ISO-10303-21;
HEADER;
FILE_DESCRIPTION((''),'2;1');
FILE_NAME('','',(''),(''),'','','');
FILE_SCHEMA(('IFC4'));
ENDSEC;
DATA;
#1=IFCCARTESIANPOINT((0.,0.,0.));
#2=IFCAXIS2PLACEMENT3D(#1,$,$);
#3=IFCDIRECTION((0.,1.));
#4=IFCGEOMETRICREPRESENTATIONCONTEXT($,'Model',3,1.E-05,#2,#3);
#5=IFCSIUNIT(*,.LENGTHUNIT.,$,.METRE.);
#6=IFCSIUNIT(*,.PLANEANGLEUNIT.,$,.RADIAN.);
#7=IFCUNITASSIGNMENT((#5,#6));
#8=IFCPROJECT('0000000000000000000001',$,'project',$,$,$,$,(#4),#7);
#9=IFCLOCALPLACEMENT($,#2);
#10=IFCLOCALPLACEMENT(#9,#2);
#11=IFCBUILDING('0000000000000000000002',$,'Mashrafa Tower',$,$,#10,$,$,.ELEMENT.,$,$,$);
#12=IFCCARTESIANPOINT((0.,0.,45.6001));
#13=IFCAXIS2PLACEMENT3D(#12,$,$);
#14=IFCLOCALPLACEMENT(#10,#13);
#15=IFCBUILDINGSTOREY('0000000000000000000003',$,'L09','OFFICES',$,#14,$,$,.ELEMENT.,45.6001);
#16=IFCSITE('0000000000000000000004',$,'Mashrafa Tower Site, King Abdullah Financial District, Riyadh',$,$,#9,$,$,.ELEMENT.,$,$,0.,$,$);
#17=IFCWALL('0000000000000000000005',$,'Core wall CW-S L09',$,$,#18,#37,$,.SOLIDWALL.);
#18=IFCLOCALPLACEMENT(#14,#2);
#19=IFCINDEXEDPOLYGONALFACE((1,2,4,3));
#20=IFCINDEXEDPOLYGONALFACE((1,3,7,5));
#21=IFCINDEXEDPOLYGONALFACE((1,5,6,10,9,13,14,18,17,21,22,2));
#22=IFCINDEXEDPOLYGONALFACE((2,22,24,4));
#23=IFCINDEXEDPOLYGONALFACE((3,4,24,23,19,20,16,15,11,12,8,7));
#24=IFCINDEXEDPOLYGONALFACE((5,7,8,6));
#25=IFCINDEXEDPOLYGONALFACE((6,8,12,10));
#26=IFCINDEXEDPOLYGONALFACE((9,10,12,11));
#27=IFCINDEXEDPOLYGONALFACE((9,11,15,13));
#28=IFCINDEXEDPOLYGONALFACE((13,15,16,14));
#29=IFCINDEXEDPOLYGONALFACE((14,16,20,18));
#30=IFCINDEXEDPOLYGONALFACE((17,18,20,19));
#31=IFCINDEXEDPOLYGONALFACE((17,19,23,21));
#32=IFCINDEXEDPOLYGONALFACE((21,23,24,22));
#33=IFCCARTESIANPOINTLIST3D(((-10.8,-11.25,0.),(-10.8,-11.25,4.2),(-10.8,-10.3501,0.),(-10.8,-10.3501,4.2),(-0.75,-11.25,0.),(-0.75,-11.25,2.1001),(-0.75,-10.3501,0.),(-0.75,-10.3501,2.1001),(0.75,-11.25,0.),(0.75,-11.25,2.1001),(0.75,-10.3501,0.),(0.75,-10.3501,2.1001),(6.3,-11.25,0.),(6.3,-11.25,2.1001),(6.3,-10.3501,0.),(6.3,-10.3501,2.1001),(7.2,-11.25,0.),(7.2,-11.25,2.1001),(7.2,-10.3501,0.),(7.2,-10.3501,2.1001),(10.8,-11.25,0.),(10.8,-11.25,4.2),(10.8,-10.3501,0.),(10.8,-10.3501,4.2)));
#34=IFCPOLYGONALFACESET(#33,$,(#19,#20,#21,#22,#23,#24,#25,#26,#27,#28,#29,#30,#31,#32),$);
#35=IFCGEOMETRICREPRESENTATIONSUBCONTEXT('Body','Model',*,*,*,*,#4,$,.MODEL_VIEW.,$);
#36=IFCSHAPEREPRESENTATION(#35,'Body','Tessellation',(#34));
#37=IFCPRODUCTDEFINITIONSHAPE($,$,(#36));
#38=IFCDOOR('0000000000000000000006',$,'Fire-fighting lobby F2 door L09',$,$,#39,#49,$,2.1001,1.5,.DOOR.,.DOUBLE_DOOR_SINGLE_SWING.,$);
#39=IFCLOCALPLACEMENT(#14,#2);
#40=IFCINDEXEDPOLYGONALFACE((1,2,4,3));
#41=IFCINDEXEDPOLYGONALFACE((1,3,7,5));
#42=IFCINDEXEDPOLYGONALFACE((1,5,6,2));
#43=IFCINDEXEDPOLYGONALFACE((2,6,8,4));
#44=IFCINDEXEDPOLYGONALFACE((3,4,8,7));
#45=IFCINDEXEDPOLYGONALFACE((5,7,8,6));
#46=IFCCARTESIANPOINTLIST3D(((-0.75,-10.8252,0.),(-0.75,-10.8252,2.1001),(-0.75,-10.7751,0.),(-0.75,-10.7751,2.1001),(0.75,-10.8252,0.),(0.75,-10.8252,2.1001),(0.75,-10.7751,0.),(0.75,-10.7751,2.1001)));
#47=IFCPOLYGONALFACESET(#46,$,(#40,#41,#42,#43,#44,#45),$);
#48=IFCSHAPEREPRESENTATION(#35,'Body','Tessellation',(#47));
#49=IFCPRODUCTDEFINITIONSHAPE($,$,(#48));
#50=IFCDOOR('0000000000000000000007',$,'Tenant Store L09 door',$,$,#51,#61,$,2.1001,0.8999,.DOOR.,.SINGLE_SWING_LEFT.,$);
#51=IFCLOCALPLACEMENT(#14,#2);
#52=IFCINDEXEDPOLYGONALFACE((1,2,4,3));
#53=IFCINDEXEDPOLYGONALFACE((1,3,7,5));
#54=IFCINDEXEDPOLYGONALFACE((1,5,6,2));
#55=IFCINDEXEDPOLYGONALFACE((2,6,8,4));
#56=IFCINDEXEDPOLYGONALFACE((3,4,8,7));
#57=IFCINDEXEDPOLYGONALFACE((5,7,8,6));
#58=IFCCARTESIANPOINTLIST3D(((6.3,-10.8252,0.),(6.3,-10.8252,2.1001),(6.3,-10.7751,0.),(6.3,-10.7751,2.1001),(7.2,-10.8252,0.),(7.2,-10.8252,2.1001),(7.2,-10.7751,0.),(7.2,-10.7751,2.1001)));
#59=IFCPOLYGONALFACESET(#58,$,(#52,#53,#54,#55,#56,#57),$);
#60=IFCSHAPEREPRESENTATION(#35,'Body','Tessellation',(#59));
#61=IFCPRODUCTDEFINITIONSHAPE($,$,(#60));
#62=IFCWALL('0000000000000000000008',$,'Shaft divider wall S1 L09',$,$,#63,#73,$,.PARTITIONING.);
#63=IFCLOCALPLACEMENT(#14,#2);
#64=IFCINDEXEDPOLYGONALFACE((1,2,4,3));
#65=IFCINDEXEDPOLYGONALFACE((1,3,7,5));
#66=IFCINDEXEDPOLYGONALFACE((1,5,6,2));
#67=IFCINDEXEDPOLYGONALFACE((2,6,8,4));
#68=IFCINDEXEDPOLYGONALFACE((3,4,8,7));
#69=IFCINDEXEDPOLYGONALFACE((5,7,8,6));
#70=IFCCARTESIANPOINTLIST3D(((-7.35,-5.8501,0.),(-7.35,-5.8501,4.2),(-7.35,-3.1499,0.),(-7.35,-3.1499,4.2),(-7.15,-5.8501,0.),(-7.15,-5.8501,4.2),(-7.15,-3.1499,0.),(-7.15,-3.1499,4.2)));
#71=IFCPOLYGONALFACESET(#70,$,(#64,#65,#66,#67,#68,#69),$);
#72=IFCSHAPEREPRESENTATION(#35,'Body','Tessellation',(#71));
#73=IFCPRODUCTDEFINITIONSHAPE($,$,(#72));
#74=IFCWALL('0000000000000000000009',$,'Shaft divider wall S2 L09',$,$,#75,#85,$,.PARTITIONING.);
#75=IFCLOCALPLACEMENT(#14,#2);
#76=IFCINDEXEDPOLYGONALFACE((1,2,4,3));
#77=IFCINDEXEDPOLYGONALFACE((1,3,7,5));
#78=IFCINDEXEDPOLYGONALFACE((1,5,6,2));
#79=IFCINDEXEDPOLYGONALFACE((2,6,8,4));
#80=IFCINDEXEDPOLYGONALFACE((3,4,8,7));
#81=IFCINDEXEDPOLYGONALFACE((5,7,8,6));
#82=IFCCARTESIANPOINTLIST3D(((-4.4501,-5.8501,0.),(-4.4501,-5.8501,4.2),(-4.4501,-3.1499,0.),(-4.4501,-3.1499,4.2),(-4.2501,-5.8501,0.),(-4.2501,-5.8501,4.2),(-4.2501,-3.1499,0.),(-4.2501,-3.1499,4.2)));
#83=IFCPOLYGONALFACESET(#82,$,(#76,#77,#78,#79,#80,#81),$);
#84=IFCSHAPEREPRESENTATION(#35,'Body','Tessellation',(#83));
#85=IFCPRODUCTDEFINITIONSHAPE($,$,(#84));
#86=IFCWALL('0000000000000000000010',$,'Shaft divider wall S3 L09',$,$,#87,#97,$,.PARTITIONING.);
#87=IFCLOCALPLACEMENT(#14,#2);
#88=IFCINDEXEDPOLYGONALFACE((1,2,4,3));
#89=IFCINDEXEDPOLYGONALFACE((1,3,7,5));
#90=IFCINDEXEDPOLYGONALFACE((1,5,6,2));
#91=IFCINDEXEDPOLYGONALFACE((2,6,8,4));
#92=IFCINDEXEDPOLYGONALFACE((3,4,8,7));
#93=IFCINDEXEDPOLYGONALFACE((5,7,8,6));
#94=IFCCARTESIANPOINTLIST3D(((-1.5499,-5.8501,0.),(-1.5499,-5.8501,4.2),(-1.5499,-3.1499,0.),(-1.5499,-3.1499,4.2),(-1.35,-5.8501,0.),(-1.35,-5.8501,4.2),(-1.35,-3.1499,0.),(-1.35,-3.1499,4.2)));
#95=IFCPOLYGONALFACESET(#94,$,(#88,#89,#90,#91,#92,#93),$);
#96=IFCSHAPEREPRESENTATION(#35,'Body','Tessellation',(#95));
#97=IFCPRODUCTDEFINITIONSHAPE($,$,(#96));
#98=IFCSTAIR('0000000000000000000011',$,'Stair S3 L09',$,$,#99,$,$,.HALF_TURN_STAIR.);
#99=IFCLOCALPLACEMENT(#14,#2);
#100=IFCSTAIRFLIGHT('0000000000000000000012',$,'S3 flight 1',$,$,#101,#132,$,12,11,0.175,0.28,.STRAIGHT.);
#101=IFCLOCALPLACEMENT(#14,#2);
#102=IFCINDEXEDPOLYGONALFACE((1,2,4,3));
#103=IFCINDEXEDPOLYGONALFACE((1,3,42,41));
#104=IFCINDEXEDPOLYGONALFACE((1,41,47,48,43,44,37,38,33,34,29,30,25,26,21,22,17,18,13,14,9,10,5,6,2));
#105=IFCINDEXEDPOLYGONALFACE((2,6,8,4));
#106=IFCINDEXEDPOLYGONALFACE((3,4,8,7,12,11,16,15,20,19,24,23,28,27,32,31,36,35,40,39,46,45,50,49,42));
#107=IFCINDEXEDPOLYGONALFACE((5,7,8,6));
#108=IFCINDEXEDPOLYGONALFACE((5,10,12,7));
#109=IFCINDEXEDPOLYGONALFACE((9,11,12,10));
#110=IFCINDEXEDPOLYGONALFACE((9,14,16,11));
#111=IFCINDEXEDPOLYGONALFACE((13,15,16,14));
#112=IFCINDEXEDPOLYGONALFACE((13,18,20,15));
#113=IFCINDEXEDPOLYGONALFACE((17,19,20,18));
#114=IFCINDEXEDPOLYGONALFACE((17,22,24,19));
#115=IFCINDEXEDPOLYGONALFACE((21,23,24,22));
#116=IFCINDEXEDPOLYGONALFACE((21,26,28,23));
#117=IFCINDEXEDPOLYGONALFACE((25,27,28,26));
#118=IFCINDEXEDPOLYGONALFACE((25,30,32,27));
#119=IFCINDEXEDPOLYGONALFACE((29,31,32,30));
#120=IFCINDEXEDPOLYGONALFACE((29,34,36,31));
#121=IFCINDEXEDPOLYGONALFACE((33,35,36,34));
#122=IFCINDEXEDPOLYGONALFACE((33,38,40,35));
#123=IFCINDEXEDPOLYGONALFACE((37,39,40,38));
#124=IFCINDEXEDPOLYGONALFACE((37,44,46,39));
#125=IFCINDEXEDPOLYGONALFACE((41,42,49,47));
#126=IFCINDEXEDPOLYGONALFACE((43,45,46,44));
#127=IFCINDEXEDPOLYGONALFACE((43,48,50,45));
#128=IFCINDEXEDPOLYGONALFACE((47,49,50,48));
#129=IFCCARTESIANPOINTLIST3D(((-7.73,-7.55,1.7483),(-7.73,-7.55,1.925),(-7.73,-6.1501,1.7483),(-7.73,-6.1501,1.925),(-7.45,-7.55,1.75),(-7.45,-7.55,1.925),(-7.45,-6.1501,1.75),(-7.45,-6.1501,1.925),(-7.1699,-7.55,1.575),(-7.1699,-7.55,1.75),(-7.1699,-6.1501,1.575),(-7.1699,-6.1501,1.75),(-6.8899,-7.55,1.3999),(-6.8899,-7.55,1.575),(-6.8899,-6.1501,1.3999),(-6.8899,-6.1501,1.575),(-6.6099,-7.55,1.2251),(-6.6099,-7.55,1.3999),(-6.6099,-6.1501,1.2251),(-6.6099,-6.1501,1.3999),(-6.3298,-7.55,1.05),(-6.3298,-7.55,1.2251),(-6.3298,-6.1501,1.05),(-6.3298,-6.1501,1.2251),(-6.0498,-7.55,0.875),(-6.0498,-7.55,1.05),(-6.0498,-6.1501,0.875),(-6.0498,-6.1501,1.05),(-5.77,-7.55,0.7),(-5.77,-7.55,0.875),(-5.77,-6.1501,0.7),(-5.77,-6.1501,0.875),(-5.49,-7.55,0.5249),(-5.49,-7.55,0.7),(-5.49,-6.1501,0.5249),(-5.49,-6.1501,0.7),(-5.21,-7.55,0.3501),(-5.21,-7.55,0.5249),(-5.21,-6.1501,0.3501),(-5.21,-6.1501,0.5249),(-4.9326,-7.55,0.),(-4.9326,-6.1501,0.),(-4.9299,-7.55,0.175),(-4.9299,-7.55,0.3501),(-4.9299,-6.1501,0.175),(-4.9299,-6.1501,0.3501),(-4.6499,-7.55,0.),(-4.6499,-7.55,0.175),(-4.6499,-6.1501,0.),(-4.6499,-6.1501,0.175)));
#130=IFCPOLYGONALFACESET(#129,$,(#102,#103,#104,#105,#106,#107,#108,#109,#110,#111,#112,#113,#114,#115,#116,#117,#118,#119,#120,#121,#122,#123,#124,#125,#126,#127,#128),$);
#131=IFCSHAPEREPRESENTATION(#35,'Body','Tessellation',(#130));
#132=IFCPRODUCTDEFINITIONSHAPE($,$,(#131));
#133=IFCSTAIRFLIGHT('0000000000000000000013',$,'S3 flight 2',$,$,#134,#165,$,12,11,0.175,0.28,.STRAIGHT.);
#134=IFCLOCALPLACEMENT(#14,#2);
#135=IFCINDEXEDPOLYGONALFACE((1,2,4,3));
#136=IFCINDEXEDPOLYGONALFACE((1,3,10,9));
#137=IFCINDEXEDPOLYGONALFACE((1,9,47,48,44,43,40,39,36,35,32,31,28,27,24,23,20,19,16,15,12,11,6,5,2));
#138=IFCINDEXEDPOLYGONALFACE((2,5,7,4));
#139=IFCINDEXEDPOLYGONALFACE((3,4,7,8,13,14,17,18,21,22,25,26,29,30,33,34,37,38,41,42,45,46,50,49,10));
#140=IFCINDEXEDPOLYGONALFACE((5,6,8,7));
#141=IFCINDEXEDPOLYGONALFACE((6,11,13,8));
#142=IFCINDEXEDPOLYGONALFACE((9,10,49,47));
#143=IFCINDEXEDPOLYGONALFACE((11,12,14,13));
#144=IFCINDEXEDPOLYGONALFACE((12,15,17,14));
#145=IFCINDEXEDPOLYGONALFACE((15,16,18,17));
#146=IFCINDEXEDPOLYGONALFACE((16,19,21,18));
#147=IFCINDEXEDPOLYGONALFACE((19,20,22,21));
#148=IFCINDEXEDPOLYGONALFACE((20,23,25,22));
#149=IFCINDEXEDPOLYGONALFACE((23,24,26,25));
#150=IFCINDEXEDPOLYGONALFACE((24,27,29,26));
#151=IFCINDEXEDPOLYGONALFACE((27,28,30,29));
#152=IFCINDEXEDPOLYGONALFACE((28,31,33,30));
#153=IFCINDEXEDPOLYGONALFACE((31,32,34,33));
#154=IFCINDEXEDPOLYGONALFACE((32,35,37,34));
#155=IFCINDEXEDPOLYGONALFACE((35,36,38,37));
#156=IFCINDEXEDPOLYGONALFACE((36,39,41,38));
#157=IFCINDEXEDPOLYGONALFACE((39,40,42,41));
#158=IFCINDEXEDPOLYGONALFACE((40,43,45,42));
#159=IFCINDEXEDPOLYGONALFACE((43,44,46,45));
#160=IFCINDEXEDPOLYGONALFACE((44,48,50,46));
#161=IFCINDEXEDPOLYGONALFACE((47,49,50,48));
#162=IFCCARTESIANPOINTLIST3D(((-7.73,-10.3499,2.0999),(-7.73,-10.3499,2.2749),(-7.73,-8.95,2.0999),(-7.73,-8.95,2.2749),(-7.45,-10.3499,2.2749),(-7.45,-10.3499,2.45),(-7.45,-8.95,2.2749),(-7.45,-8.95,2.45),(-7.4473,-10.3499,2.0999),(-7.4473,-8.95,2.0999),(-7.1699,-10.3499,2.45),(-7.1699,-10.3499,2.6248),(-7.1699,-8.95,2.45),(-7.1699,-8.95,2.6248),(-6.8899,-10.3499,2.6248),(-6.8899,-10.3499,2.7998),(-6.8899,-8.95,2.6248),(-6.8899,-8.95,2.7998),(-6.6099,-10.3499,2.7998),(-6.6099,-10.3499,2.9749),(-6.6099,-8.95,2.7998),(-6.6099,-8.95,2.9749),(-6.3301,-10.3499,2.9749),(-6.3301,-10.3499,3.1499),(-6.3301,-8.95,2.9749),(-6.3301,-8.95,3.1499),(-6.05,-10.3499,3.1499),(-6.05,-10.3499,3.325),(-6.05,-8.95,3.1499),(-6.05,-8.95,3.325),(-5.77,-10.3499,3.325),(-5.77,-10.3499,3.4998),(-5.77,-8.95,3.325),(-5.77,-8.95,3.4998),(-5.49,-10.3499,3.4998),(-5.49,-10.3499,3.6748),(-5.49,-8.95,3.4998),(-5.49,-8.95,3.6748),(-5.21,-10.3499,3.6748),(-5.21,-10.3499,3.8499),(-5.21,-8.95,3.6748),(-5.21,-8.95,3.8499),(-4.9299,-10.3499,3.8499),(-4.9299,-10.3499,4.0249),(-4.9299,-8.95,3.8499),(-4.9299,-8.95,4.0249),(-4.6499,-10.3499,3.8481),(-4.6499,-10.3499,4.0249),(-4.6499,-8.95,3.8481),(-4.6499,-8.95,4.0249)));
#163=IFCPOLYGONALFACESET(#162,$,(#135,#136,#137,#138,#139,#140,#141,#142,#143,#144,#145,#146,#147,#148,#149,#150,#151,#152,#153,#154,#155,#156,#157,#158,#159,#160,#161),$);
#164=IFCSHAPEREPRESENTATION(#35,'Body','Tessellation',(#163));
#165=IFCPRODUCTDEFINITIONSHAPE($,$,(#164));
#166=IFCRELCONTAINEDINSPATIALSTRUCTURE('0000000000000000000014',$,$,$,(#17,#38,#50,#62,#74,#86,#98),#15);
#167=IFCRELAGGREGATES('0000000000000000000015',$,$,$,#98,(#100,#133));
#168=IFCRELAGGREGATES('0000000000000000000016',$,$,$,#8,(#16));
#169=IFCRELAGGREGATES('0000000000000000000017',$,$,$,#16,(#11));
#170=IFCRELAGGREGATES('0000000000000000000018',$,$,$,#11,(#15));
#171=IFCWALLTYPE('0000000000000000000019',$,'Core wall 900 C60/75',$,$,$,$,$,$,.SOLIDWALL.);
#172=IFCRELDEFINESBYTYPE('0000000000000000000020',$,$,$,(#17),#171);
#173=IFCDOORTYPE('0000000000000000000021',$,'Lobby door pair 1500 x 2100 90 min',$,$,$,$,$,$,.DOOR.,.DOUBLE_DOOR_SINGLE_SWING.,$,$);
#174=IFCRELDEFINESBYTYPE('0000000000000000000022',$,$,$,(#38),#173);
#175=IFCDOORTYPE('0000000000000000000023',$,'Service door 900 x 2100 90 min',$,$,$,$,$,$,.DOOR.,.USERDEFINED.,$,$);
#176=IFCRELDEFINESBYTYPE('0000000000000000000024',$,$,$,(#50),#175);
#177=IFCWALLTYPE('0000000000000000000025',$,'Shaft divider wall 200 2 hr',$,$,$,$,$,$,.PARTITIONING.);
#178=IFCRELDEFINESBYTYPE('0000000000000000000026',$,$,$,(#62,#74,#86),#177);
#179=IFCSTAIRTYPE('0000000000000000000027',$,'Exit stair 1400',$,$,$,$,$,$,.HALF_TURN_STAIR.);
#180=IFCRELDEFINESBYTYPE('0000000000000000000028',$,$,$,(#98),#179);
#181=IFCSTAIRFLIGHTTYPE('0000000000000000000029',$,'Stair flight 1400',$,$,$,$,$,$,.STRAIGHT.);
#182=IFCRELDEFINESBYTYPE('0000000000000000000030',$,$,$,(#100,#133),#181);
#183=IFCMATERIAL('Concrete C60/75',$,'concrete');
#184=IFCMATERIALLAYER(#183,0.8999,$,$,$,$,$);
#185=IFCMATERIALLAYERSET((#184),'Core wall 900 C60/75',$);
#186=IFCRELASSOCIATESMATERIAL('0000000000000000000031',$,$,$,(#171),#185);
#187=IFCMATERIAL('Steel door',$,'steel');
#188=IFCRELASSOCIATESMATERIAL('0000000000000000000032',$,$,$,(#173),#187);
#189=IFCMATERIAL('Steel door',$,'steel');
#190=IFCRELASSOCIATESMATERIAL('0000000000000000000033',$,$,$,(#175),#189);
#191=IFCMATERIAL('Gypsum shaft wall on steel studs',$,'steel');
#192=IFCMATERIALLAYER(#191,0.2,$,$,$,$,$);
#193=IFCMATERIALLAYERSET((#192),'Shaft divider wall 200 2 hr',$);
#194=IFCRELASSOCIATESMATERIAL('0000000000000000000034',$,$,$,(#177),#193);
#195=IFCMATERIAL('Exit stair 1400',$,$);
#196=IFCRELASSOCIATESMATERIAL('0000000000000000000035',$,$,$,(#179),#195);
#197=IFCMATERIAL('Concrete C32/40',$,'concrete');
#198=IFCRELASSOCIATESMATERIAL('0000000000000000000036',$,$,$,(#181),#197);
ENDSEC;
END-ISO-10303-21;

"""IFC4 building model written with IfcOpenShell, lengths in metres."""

from ifc_helpers import new_model, si_unit, direction, frame, frame_2d, origin, place, context, subcontext, project, spatial, polyline, rectangle, outline, extrude, material, layer, layer_set, type_object, element, fill, aggregate, save


model = new_model("IFC4")

# Units and contexts
model_context = context("Model", 3, precision=1e-05, world=origin(), true_north=direction((0.0, 1.0)))
body_context = subcontext(model_context, "Body", "Model", "MODEL_VIEW")
ifc_project = project(units=[si_unit("LENGTHUNIT", "METRE"), si_unit("PLANEANGLEUNIT", "RADIAN")], contexts=[model_context])

# Site, building, storey
site_placement = place(None, origin())
site = spatial("IfcSite", under=ifc_project, at=site_placement, Name="Mashrafa Tower Site, King Abdullah Financial District, Riyadh", CompositionType="ELEMENT", RefElevation=0.0)
building_placement = place(site_placement, origin())
building = spatial("IfcBuilding", under=site, at=building_placement, Name="Mashrafa Tower", CompositionType="ELEMENT")
storey_placement = place(building_placement, frame((0.0, 0.0, 45.6001)))
storey = spatial("IfcBuildingStorey", under=building, at=storey_placement, Name="L09", Description="OFFICES", CompositionType="ELEMENT", Elevation=45.6001)

# Wall, openings, doors
ifc_material_1 = material(Name="Concrete C60/75", Category="concrete")
ifc_layer_1 = layer(ifc_material_1, 0.8999)
ifc_layer_set_1 = layer_set([ifc_layer_1], Name="Core wall 900 C60/75")
wall_type_1 = type_object("IfcWallType", Name="Core wall 900 C60/75", PredefinedType="SOLIDWALL", material=ifc_layer_set_1)
wall_1_placement = place(storey_placement, frame((-10.8, -10.8, 0.0), z_axis=(0.0, 0.0, 1.0), x_axis=(1.0, 0.0, 0.0)))
wall_1 = element("IfcWall", 1, at=wall_1_placement, inside=storey, type_object=wall_type_1, Name="Core wall CW-S L09", PredefinedType="SOLIDWALL", context=body_context, shape_type="SweptSolid", body=[
    extrude(rectangle(XDim=21.6001, YDim=0.8999, at=frame_2d((10.8, 0.0))), origin(), (0.0, 0.0, 1.0), 4.2),
])
opening_1_placement = place(wall_1_placement, frame((10.05, 0.0, 0.0)))
opening_1 = element("IfcOpeningElement", 2, at=opening_1_placement, cuts=wall_1, PredefinedType="OPENING", context=body_context, shape_type="SweptSolid", body=[
    extrude(rectangle(XDim=1.5, YDim=2.1001, at=frame_2d((0.75, 1.05))), frame((0.0, 0.46, 0.0), z_axis=(0.0, -1.0, 0.0), x_axis=(1.0, 0.0, 0.0)), (0.0, 0.0, 1.0), 0.9199),
])
opening_2_placement = place(wall_1_placement, frame((17.1001, 0.0, 0.0)))
opening_2 = element("IfcOpeningElement", 3, at=opening_2_placement, cuts=wall_1, PredefinedType="OPENING", context=body_context, shape_type="SweptSolid", body=[
    extrude(rectangle(XDim=0.8999, YDim=2.1001, at=frame_2d((0.45, 1.05))), frame((0.0, 0.46, 0.0), z_axis=(0.0, -1.0, 0.0), x_axis=(1.0, 0.0, 0.0)), (0.0, 0.0, 1.0), 0.9199),
])
ifc_material_2 = material(Name="Steel door", Category="steel")
door_type_1 = type_object("IfcDoorType", Name="Lobby door pair 1500 x 2100 90 min", OperationType="DOUBLE_DOOR_SINGLE_SWING", PredefinedType="DOOR", material=ifc_material_2)
door_1_placement = place(opening_1_placement, origin())
door_1 = element("IfcDoor", 4, at=door_1_placement, inside=storey, type_object=door_type_1, Name="Fire-fighting lobby F2 door L09", OperationType="DOUBLE_DOOR_SINGLE_SWING", OverallHeight=2.1001, OverallWidth=1.5, PredefinedType="DOOR", context=body_context, shape_type="SweptSolid", body=[
    extrude(rectangle(XDim=1.5, YDim=2.1001, at=frame_2d((0.75, 1.05))), frame((0.0, 0.0249, 0.0), z_axis=(0.0, -1.0, 0.0), x_axis=(1.0, 0.0, 0.0)), (0.0, 0.0, 1.0), 0.05),
])
fill(opening_1, door_1)
ifc_material_3 = material(Name="Steel door", Category="steel")
door_type_2 = type_object("IfcDoorType", Name="Service door 900 x 2100 90 min", OperationType="USERDEFINED", PredefinedType="DOOR", material=ifc_material_3)
door_2_placement = place(opening_2_placement, origin())
door_2 = element("IfcDoor", 5, at=door_2_placement, inside=storey, type_object=door_type_2, Name="Tenant Store L09 door", OperationType="SINGLE_SWING_LEFT", OverallHeight=2.1001, OverallWidth=0.8999, PredefinedType="DOOR", context=body_context, shape_type="SweptSolid", body=[
    extrude(rectangle(XDim=0.8999, YDim=2.1001, at=frame_2d((0.45, 1.05))), frame((0.0, 0.0249, 0.0), z_axis=(0.0, -1.0, 0.0), x_axis=(1.0, 0.0, 0.0)), (0.0, 0.0, 1.0), 0.05),
])
fill(opening_2, door_2)

# Walls
ifc_material_4 = material(Name="Gypsum shaft wall on steel studs", Category="steel")
ifc_layer_2 = layer(ifc_material_4, 0.2)
ifc_layer_set_2 = layer_set([ifc_layer_2], Name="Shaft divider wall 200 2 hr")
wall_type_2 = type_object("IfcWallType", Name="Shaft divider wall 200 2 hr", PredefinedType="PARTITIONING", material=ifc_layer_set_2)
for number, where, z_axis, x_axis, name in (
    (6, (-7.25, -5.8501, 0.0), (0.0, 0.0, 1.0), (0.0, 1.0, 0.0), "Shaft divider wall S1 L09"),
    (7, (-4.3501, -5.8501, 0.0), (0.0, 0.0, 1.0), (0.0, 1.0, 0.0), "Shaft divider wall S2 L09"),
    (8, (-1.45, -5.8501, 0.0), (0.0, 0.0, 1.0), (0.0, 1.0, 0.0), "Shaft divider wall S3 L09"),
):
    element("IfcWall", number, at=place(storey_placement, frame(where, z_axis=z_axis, x_axis=x_axis)), inside=storey, type_object=wall_type_2, Name=name, PredefinedType="PARTITIONING", context=body_context, shape_type="SweptSolid", body=[
        extrude(rectangle(XDim=2.7002, YDim=0.2, at=frame_2d((1.3501, 0.0))), origin(), (0.0, 0.0, 1.0), 4.2),
    ])

# Stair, stair flights
ifc_material_5 = material(Name="Exit stair 1400")
stair_type = type_object("IfcStairType", Name="Exit stair 1400", PredefinedType="HALF_TURN_STAIR", material=ifc_material_5)
stair_placement = place(storey_placement, origin())
stair = element("IfcStair", 9, at=stair_placement, inside=storey, type_object=stair_type, Name="Stair S3 L09", PredefinedType="HALF_TURN_STAIR")
ifc_material_6 = material(Name="Concrete C32/40", Category="concrete")
stair_flight_type = type_object("IfcStairFlightType", Name="Stair flight 1400", PredefinedType="STRAIGHT", material=ifc_material_6)
stair_flight_1_placement = place(storey_placement, frame((-4.6499, -6.8501, 0.0), z_axis=(0.0, 0.0, 1.0), x_axis=(-1.0, 0.0, 0.0)))
stair_flight_1 = element("IfcStairFlight", 10, at=stair_flight_1_placement, type_object=stair_flight_type, Name="S3 flight 1", NumberOfRisers=12, NumberOfTreads=11, PredefinedType="STRAIGHT", RiserHeight=0.175, TreadLength=0.28, context=body_context, shape_type="SweptSolid", body=[
    extrude(outline(polyline([(0.0, 0.0), (0.0, 0.175), (0.28, 0.175), (0.28, 0.3501), (0.5601, 0.3501), (0.5601, 0.5249), (0.8401, 0.5249), (0.8401, 0.7), (1.1201, 0.7), (1.1201, 0.875), (1.3999, 0.875), (1.3999, 1.05), (1.6799, 1.05), (1.6799, 1.2251), (1.96, 1.2251), (1.96, 1.3999), (2.24, 1.3999), (2.24, 1.575), (2.52, 1.575), (2.52, 1.75), (2.8, 1.75), (2.8, 1.925), (3.0801, 1.925), (3.0801, 2.1001), (3.0801, 1.7483), (0.2827, 0.0), (0.0, 0.0)])), frame((0.0, 0.7, 0.0), z_axis=(0.0, -1.0, 0.0), x_axis=(1.0, 0.0, 0.0)), (0.0, 0.0, 1.0), 1.3999),
])
stair_flight_2_placement = place(storey_placement, frame((-7.73, -9.6499, 2.0999), z_axis=(0.0, 0.0, 1.0), x_axis=(1.0, 0.0, 0.0)))
stair_flight_2 = element("IfcStairFlight", 11, at=stair_flight_2_placement, type_object=stair_flight_type, Name="S3 flight 2", NumberOfRisers=12, NumberOfTreads=11, PredefinedType="STRAIGHT", RiserHeight=0.175, TreadLength=0.28, context=body_context, shape_type="SweptSolid", body=[
    extrude(outline(polyline([(0.0, 0.0), (0.0, 0.175), (0.28, 0.175), (0.28, 0.3501), (0.5601, 0.3501), (0.5601, 0.5249), (0.8401, 0.5249), (0.8401, 0.7), (1.1201, 0.7), (1.1201, 0.875), (1.3999, 0.875), (1.3999, 1.05), (1.6799, 1.05), (1.6799, 1.2251), (1.96, 1.2251), (1.96, 1.3999), (2.24, 1.3999), (2.24, 1.575), (2.52, 1.575), (2.52, 1.75), (2.8, 1.75), (2.8, 1.925), (3.0801, 1.925), (3.0801, 2.1001), (3.0801, 1.7483), (0.2827, 0.0), (0.0, 0.0)])), frame((0.0, 0.7, 0.0), z_axis=(0.0, -1.0, 0.0), x_axis=(1.0, 0.0, 0.0)), (0.0, 0.0, 1.0), 1.3999),
])
aggregate(stair, [stair_flight_1, stair_flight_2])

save(model, "model.ifc")
